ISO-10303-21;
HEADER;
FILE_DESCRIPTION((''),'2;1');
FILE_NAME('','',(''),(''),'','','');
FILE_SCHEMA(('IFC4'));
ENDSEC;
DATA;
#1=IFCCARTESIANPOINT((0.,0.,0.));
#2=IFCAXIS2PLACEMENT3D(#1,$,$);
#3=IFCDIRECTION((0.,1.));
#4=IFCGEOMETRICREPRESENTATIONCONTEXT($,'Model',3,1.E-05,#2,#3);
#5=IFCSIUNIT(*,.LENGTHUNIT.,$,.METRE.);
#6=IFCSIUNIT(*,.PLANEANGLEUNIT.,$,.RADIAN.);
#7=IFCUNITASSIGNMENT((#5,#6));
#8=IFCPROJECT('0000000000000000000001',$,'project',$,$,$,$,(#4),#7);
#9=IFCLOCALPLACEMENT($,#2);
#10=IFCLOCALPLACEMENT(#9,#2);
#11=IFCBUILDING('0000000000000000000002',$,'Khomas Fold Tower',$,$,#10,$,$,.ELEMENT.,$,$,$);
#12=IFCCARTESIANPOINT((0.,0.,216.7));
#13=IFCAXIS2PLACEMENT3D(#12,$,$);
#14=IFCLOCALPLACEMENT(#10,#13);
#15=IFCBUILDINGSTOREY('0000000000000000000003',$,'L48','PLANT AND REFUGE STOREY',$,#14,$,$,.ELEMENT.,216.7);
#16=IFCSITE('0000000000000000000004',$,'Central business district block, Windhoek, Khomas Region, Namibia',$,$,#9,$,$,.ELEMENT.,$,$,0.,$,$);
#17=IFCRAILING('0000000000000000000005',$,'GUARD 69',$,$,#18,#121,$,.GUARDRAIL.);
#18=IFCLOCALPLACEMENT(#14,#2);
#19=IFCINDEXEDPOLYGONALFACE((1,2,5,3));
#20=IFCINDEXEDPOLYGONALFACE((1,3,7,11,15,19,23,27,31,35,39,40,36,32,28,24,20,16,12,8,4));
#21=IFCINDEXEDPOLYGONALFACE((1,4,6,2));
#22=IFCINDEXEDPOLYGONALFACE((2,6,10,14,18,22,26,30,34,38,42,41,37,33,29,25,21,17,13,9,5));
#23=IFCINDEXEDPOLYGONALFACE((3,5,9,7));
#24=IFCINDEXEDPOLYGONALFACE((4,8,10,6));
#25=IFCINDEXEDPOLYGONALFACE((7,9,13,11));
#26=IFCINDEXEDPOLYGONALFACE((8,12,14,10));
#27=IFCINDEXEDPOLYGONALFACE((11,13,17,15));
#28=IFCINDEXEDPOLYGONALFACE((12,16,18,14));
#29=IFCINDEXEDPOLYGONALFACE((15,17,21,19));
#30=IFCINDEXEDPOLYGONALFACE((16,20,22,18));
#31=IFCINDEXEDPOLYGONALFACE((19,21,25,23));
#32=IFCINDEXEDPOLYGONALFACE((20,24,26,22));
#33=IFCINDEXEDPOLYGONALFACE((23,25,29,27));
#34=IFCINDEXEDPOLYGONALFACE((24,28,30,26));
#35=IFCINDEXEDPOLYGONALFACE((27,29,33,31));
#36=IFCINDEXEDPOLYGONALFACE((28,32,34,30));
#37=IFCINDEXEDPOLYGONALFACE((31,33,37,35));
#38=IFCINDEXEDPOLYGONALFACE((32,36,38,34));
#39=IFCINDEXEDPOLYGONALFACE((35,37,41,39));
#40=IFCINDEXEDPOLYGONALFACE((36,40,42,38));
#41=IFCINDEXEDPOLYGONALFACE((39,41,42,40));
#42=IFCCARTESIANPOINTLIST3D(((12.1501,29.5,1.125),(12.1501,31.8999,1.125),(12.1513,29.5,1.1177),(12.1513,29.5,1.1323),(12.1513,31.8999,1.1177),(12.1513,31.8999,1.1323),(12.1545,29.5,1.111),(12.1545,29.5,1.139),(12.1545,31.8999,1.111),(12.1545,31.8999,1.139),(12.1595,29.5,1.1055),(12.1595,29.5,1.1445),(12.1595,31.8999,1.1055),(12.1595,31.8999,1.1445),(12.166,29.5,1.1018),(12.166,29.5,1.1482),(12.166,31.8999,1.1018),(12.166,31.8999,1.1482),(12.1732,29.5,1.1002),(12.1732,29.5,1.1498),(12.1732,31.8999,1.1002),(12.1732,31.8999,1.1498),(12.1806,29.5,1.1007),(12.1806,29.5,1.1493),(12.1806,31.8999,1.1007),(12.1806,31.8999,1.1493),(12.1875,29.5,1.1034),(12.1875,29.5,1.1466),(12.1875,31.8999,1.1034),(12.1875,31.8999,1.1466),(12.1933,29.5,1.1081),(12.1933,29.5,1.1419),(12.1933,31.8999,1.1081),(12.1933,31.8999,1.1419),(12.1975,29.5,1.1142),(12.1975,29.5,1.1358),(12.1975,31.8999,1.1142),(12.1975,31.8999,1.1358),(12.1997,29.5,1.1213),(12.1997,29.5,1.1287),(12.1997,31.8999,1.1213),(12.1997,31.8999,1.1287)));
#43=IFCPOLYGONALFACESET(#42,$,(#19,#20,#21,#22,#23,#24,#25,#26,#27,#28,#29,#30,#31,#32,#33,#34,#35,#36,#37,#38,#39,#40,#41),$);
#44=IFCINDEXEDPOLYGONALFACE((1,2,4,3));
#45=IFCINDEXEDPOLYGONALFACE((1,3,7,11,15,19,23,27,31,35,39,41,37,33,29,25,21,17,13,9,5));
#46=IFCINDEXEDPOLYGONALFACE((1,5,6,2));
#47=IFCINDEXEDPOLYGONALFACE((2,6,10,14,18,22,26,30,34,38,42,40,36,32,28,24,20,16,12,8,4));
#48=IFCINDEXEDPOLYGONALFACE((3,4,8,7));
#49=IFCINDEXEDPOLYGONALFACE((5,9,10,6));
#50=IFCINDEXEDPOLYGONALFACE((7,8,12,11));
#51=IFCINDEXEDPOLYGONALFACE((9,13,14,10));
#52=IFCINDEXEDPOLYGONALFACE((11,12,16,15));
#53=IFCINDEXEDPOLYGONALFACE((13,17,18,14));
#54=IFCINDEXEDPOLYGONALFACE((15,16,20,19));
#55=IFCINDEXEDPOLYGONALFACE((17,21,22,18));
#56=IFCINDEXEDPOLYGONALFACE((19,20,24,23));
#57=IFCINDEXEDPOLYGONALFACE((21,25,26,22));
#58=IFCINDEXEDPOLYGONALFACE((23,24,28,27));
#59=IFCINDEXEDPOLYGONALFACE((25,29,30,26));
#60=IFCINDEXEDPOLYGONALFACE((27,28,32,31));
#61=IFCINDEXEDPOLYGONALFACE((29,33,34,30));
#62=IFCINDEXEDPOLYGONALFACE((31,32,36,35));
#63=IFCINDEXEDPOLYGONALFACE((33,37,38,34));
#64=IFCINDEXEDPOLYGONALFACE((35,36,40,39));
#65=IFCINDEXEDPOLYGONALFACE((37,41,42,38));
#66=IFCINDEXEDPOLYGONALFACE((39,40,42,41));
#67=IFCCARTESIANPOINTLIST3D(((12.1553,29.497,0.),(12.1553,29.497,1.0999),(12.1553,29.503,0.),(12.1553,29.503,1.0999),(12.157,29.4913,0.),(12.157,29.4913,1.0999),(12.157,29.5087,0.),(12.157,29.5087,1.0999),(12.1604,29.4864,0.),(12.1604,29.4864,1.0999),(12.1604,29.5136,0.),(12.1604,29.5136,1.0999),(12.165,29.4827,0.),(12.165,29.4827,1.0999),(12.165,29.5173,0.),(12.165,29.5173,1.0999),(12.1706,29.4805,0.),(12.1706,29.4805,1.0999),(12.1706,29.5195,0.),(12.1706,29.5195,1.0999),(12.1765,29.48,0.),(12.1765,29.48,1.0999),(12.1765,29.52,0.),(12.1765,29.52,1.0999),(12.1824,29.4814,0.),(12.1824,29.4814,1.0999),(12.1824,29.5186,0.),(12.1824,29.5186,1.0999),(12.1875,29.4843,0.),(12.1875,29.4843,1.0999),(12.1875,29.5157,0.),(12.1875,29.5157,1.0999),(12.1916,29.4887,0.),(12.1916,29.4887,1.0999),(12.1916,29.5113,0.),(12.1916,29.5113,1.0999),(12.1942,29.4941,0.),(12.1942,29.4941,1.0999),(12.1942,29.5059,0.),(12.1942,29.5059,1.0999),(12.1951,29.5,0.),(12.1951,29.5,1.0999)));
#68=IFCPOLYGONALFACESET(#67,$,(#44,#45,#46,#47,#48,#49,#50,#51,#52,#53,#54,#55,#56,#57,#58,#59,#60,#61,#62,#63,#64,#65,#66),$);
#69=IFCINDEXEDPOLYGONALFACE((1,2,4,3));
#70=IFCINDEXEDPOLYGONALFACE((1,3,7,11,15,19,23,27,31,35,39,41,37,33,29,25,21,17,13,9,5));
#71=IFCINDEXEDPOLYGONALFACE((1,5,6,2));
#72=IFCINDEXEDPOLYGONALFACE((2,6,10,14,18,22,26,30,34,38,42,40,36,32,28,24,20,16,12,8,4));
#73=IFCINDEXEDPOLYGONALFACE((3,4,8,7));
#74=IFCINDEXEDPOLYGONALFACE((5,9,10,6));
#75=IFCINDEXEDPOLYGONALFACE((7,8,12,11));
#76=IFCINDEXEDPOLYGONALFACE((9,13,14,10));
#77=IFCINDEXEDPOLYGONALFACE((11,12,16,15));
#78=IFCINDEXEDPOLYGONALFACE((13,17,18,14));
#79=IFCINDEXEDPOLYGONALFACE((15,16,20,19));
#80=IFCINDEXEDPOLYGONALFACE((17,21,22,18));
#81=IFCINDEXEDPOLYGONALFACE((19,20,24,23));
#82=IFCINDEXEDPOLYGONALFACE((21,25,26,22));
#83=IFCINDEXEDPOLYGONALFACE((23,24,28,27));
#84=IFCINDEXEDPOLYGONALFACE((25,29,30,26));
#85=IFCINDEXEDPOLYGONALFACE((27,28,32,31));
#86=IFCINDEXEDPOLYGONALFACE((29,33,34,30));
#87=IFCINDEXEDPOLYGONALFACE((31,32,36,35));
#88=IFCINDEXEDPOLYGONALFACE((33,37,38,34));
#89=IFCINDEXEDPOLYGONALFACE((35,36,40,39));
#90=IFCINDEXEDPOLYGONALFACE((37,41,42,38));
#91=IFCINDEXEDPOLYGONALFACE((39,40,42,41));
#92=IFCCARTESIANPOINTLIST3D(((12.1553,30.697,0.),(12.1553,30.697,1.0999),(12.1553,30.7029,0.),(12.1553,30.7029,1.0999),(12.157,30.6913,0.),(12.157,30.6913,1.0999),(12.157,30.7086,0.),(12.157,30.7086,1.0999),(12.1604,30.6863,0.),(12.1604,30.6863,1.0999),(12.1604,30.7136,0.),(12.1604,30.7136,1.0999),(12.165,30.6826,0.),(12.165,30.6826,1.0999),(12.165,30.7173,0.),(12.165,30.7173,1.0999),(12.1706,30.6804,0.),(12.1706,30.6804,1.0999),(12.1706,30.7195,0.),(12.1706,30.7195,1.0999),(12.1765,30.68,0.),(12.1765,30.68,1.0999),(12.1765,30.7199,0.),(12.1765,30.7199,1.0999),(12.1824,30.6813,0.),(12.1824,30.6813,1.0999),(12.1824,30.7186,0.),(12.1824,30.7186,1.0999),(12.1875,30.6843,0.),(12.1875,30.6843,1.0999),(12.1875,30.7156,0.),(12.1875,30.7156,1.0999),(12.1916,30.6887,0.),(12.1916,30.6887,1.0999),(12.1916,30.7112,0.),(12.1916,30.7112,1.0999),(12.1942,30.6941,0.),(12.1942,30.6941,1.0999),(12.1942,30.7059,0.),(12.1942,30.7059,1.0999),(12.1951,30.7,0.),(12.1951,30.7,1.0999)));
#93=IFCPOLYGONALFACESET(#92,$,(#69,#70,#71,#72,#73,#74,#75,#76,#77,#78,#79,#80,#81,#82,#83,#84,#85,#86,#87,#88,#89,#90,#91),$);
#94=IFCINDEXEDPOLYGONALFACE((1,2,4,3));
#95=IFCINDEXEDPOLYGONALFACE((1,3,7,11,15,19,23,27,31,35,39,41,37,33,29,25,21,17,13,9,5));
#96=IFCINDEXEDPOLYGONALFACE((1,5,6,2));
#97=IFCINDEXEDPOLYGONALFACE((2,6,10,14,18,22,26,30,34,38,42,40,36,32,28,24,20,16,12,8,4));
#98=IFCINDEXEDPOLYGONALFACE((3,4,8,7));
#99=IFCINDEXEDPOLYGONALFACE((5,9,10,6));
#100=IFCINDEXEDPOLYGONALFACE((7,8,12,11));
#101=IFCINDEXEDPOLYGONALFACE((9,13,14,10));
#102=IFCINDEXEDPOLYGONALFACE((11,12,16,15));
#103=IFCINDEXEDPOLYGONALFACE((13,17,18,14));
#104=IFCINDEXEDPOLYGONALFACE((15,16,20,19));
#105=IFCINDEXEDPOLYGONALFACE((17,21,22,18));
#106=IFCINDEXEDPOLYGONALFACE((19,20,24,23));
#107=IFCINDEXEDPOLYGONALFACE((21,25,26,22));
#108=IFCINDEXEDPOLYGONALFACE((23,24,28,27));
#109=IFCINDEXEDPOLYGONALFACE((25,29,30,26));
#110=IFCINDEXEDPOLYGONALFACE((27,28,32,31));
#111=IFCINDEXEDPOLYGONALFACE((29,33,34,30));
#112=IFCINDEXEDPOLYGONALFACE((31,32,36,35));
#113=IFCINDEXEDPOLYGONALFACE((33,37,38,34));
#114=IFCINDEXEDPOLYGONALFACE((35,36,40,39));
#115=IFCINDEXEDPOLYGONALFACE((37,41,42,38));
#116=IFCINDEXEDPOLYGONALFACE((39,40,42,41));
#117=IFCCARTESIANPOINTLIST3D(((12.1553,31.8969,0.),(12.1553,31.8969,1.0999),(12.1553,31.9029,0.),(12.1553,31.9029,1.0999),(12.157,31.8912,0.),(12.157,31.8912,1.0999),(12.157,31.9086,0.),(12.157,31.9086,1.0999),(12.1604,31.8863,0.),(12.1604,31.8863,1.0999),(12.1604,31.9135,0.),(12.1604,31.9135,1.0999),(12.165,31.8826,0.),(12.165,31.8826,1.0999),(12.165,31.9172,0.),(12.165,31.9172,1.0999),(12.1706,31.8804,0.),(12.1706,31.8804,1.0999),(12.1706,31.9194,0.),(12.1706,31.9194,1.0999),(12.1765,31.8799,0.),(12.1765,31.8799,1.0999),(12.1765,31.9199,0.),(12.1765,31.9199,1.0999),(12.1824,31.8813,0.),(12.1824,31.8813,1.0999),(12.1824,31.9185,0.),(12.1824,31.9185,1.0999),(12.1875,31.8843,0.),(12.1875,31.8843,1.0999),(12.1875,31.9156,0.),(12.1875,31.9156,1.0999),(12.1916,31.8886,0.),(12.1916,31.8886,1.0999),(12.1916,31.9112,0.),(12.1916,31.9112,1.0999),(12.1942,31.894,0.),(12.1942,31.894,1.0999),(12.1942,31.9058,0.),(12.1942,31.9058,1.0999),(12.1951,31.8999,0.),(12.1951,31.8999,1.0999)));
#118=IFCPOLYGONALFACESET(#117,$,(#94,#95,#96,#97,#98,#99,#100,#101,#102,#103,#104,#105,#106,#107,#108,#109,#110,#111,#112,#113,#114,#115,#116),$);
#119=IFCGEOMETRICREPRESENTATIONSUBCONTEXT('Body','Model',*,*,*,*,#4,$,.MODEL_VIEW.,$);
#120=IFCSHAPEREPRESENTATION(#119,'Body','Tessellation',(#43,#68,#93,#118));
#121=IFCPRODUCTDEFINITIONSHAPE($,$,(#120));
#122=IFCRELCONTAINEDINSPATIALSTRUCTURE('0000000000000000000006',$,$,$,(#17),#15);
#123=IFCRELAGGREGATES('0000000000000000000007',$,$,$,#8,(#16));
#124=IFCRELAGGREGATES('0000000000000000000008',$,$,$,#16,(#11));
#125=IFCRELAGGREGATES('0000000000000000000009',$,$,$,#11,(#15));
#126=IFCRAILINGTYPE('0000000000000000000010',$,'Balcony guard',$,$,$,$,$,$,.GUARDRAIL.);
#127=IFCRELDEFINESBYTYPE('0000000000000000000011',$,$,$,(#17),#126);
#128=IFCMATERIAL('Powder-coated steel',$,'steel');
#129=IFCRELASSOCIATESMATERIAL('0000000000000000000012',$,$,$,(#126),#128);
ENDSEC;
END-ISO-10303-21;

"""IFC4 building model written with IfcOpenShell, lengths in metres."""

from ifc_helpers import new_model, si_unit, direction, frame, origin, origin_2d, place, context, subcontext, project, spatial, circle, extrude, source, transform, mapped, material, type_object, element, save


model = new_model("IFC4")

# Units and contexts
model_context = context("Model", 3, precision=1e-05, world=origin(), true_north=direction((0.0, 1.0)))
body_context = subcontext(model_context, "Body", "Model", "MODEL_VIEW")
ifc_project = project(units=[si_unit("LENGTHUNIT", "METRE"), si_unit("PLANEANGLEUNIT", "RADIAN")], contexts=[model_context])

# Site, building, storey
site_placement = place(None, origin())
site = spatial("IfcSite", under=ifc_project, at=site_placement, Name="Central business district block, Windhoek, Khomas Region, Namibia", CompositionType="ELEMENT", RefElevation=0.0)
building_placement = place(site_placement, origin())
building = spatial("IfcBuilding", under=site, at=building_placement, Name="Khomas Fold Tower", CompositionType="ELEMENT")
storey_placement = place(building_placement, frame((0.0, 0.0, 216.7)))
storey = spatial("IfcBuildingStorey", under=building, at=storey_placement, Name="L48", Description="PLANT AND REFUGE STOREY", CompositionType="ELEMENT", Elevation=216.7)

# Railing
ifc_material_1 = material(Name="Powder-coated steel", Category="steel")
railing_type_1 = type_object("IfcRailingType", Name="Balcony guard", PredefinedType="GUARDRAIL", material=ifc_material_1)
shared_shape_1 = source(origin(), body_context, "Body", "SweptSolid", [
    extrude(circle(Radius=0.0249, at=origin_2d()), frame((0.0, 0.0, 1.125), z_axis=(0.0, 1.0, 0.0), x_axis=(-1.0, 0.0, 0.0)), (0.0, 0.0, 1.0), 2.3999),
    extrude(circle(Radius=0.02, at=origin_2d()), origin(), (0.0, 0.0, 1.0), 1.0999),
    extrude(circle(Radius=0.02, at=origin_2d()), frame((0.0, 1.2, 0.0)), (0.0, 0.0, 1.0), 1.0999),
    extrude(circle(Radius=0.02, at=origin_2d()), frame((0.0, 2.3999, 0.0)), (0.0, 0.0, 1.0), 1.0999),
])
for number, where, name in (
    (1, (12.175, 29.5, 0.0), "GUARD 69"),
):
    element("IfcRailing", number, at=place(storey_placement, frame(where)), inside=storey, type_object=railing_type_1, Name=name, PredefinedType="GUARDRAIL", context=body_context, shape_type="MappedRepresentation", body=[
        mapped(shared_shape_1, transform((0.0, 0.0, 0.0))),
    ])

save(model, "model.ifc")
